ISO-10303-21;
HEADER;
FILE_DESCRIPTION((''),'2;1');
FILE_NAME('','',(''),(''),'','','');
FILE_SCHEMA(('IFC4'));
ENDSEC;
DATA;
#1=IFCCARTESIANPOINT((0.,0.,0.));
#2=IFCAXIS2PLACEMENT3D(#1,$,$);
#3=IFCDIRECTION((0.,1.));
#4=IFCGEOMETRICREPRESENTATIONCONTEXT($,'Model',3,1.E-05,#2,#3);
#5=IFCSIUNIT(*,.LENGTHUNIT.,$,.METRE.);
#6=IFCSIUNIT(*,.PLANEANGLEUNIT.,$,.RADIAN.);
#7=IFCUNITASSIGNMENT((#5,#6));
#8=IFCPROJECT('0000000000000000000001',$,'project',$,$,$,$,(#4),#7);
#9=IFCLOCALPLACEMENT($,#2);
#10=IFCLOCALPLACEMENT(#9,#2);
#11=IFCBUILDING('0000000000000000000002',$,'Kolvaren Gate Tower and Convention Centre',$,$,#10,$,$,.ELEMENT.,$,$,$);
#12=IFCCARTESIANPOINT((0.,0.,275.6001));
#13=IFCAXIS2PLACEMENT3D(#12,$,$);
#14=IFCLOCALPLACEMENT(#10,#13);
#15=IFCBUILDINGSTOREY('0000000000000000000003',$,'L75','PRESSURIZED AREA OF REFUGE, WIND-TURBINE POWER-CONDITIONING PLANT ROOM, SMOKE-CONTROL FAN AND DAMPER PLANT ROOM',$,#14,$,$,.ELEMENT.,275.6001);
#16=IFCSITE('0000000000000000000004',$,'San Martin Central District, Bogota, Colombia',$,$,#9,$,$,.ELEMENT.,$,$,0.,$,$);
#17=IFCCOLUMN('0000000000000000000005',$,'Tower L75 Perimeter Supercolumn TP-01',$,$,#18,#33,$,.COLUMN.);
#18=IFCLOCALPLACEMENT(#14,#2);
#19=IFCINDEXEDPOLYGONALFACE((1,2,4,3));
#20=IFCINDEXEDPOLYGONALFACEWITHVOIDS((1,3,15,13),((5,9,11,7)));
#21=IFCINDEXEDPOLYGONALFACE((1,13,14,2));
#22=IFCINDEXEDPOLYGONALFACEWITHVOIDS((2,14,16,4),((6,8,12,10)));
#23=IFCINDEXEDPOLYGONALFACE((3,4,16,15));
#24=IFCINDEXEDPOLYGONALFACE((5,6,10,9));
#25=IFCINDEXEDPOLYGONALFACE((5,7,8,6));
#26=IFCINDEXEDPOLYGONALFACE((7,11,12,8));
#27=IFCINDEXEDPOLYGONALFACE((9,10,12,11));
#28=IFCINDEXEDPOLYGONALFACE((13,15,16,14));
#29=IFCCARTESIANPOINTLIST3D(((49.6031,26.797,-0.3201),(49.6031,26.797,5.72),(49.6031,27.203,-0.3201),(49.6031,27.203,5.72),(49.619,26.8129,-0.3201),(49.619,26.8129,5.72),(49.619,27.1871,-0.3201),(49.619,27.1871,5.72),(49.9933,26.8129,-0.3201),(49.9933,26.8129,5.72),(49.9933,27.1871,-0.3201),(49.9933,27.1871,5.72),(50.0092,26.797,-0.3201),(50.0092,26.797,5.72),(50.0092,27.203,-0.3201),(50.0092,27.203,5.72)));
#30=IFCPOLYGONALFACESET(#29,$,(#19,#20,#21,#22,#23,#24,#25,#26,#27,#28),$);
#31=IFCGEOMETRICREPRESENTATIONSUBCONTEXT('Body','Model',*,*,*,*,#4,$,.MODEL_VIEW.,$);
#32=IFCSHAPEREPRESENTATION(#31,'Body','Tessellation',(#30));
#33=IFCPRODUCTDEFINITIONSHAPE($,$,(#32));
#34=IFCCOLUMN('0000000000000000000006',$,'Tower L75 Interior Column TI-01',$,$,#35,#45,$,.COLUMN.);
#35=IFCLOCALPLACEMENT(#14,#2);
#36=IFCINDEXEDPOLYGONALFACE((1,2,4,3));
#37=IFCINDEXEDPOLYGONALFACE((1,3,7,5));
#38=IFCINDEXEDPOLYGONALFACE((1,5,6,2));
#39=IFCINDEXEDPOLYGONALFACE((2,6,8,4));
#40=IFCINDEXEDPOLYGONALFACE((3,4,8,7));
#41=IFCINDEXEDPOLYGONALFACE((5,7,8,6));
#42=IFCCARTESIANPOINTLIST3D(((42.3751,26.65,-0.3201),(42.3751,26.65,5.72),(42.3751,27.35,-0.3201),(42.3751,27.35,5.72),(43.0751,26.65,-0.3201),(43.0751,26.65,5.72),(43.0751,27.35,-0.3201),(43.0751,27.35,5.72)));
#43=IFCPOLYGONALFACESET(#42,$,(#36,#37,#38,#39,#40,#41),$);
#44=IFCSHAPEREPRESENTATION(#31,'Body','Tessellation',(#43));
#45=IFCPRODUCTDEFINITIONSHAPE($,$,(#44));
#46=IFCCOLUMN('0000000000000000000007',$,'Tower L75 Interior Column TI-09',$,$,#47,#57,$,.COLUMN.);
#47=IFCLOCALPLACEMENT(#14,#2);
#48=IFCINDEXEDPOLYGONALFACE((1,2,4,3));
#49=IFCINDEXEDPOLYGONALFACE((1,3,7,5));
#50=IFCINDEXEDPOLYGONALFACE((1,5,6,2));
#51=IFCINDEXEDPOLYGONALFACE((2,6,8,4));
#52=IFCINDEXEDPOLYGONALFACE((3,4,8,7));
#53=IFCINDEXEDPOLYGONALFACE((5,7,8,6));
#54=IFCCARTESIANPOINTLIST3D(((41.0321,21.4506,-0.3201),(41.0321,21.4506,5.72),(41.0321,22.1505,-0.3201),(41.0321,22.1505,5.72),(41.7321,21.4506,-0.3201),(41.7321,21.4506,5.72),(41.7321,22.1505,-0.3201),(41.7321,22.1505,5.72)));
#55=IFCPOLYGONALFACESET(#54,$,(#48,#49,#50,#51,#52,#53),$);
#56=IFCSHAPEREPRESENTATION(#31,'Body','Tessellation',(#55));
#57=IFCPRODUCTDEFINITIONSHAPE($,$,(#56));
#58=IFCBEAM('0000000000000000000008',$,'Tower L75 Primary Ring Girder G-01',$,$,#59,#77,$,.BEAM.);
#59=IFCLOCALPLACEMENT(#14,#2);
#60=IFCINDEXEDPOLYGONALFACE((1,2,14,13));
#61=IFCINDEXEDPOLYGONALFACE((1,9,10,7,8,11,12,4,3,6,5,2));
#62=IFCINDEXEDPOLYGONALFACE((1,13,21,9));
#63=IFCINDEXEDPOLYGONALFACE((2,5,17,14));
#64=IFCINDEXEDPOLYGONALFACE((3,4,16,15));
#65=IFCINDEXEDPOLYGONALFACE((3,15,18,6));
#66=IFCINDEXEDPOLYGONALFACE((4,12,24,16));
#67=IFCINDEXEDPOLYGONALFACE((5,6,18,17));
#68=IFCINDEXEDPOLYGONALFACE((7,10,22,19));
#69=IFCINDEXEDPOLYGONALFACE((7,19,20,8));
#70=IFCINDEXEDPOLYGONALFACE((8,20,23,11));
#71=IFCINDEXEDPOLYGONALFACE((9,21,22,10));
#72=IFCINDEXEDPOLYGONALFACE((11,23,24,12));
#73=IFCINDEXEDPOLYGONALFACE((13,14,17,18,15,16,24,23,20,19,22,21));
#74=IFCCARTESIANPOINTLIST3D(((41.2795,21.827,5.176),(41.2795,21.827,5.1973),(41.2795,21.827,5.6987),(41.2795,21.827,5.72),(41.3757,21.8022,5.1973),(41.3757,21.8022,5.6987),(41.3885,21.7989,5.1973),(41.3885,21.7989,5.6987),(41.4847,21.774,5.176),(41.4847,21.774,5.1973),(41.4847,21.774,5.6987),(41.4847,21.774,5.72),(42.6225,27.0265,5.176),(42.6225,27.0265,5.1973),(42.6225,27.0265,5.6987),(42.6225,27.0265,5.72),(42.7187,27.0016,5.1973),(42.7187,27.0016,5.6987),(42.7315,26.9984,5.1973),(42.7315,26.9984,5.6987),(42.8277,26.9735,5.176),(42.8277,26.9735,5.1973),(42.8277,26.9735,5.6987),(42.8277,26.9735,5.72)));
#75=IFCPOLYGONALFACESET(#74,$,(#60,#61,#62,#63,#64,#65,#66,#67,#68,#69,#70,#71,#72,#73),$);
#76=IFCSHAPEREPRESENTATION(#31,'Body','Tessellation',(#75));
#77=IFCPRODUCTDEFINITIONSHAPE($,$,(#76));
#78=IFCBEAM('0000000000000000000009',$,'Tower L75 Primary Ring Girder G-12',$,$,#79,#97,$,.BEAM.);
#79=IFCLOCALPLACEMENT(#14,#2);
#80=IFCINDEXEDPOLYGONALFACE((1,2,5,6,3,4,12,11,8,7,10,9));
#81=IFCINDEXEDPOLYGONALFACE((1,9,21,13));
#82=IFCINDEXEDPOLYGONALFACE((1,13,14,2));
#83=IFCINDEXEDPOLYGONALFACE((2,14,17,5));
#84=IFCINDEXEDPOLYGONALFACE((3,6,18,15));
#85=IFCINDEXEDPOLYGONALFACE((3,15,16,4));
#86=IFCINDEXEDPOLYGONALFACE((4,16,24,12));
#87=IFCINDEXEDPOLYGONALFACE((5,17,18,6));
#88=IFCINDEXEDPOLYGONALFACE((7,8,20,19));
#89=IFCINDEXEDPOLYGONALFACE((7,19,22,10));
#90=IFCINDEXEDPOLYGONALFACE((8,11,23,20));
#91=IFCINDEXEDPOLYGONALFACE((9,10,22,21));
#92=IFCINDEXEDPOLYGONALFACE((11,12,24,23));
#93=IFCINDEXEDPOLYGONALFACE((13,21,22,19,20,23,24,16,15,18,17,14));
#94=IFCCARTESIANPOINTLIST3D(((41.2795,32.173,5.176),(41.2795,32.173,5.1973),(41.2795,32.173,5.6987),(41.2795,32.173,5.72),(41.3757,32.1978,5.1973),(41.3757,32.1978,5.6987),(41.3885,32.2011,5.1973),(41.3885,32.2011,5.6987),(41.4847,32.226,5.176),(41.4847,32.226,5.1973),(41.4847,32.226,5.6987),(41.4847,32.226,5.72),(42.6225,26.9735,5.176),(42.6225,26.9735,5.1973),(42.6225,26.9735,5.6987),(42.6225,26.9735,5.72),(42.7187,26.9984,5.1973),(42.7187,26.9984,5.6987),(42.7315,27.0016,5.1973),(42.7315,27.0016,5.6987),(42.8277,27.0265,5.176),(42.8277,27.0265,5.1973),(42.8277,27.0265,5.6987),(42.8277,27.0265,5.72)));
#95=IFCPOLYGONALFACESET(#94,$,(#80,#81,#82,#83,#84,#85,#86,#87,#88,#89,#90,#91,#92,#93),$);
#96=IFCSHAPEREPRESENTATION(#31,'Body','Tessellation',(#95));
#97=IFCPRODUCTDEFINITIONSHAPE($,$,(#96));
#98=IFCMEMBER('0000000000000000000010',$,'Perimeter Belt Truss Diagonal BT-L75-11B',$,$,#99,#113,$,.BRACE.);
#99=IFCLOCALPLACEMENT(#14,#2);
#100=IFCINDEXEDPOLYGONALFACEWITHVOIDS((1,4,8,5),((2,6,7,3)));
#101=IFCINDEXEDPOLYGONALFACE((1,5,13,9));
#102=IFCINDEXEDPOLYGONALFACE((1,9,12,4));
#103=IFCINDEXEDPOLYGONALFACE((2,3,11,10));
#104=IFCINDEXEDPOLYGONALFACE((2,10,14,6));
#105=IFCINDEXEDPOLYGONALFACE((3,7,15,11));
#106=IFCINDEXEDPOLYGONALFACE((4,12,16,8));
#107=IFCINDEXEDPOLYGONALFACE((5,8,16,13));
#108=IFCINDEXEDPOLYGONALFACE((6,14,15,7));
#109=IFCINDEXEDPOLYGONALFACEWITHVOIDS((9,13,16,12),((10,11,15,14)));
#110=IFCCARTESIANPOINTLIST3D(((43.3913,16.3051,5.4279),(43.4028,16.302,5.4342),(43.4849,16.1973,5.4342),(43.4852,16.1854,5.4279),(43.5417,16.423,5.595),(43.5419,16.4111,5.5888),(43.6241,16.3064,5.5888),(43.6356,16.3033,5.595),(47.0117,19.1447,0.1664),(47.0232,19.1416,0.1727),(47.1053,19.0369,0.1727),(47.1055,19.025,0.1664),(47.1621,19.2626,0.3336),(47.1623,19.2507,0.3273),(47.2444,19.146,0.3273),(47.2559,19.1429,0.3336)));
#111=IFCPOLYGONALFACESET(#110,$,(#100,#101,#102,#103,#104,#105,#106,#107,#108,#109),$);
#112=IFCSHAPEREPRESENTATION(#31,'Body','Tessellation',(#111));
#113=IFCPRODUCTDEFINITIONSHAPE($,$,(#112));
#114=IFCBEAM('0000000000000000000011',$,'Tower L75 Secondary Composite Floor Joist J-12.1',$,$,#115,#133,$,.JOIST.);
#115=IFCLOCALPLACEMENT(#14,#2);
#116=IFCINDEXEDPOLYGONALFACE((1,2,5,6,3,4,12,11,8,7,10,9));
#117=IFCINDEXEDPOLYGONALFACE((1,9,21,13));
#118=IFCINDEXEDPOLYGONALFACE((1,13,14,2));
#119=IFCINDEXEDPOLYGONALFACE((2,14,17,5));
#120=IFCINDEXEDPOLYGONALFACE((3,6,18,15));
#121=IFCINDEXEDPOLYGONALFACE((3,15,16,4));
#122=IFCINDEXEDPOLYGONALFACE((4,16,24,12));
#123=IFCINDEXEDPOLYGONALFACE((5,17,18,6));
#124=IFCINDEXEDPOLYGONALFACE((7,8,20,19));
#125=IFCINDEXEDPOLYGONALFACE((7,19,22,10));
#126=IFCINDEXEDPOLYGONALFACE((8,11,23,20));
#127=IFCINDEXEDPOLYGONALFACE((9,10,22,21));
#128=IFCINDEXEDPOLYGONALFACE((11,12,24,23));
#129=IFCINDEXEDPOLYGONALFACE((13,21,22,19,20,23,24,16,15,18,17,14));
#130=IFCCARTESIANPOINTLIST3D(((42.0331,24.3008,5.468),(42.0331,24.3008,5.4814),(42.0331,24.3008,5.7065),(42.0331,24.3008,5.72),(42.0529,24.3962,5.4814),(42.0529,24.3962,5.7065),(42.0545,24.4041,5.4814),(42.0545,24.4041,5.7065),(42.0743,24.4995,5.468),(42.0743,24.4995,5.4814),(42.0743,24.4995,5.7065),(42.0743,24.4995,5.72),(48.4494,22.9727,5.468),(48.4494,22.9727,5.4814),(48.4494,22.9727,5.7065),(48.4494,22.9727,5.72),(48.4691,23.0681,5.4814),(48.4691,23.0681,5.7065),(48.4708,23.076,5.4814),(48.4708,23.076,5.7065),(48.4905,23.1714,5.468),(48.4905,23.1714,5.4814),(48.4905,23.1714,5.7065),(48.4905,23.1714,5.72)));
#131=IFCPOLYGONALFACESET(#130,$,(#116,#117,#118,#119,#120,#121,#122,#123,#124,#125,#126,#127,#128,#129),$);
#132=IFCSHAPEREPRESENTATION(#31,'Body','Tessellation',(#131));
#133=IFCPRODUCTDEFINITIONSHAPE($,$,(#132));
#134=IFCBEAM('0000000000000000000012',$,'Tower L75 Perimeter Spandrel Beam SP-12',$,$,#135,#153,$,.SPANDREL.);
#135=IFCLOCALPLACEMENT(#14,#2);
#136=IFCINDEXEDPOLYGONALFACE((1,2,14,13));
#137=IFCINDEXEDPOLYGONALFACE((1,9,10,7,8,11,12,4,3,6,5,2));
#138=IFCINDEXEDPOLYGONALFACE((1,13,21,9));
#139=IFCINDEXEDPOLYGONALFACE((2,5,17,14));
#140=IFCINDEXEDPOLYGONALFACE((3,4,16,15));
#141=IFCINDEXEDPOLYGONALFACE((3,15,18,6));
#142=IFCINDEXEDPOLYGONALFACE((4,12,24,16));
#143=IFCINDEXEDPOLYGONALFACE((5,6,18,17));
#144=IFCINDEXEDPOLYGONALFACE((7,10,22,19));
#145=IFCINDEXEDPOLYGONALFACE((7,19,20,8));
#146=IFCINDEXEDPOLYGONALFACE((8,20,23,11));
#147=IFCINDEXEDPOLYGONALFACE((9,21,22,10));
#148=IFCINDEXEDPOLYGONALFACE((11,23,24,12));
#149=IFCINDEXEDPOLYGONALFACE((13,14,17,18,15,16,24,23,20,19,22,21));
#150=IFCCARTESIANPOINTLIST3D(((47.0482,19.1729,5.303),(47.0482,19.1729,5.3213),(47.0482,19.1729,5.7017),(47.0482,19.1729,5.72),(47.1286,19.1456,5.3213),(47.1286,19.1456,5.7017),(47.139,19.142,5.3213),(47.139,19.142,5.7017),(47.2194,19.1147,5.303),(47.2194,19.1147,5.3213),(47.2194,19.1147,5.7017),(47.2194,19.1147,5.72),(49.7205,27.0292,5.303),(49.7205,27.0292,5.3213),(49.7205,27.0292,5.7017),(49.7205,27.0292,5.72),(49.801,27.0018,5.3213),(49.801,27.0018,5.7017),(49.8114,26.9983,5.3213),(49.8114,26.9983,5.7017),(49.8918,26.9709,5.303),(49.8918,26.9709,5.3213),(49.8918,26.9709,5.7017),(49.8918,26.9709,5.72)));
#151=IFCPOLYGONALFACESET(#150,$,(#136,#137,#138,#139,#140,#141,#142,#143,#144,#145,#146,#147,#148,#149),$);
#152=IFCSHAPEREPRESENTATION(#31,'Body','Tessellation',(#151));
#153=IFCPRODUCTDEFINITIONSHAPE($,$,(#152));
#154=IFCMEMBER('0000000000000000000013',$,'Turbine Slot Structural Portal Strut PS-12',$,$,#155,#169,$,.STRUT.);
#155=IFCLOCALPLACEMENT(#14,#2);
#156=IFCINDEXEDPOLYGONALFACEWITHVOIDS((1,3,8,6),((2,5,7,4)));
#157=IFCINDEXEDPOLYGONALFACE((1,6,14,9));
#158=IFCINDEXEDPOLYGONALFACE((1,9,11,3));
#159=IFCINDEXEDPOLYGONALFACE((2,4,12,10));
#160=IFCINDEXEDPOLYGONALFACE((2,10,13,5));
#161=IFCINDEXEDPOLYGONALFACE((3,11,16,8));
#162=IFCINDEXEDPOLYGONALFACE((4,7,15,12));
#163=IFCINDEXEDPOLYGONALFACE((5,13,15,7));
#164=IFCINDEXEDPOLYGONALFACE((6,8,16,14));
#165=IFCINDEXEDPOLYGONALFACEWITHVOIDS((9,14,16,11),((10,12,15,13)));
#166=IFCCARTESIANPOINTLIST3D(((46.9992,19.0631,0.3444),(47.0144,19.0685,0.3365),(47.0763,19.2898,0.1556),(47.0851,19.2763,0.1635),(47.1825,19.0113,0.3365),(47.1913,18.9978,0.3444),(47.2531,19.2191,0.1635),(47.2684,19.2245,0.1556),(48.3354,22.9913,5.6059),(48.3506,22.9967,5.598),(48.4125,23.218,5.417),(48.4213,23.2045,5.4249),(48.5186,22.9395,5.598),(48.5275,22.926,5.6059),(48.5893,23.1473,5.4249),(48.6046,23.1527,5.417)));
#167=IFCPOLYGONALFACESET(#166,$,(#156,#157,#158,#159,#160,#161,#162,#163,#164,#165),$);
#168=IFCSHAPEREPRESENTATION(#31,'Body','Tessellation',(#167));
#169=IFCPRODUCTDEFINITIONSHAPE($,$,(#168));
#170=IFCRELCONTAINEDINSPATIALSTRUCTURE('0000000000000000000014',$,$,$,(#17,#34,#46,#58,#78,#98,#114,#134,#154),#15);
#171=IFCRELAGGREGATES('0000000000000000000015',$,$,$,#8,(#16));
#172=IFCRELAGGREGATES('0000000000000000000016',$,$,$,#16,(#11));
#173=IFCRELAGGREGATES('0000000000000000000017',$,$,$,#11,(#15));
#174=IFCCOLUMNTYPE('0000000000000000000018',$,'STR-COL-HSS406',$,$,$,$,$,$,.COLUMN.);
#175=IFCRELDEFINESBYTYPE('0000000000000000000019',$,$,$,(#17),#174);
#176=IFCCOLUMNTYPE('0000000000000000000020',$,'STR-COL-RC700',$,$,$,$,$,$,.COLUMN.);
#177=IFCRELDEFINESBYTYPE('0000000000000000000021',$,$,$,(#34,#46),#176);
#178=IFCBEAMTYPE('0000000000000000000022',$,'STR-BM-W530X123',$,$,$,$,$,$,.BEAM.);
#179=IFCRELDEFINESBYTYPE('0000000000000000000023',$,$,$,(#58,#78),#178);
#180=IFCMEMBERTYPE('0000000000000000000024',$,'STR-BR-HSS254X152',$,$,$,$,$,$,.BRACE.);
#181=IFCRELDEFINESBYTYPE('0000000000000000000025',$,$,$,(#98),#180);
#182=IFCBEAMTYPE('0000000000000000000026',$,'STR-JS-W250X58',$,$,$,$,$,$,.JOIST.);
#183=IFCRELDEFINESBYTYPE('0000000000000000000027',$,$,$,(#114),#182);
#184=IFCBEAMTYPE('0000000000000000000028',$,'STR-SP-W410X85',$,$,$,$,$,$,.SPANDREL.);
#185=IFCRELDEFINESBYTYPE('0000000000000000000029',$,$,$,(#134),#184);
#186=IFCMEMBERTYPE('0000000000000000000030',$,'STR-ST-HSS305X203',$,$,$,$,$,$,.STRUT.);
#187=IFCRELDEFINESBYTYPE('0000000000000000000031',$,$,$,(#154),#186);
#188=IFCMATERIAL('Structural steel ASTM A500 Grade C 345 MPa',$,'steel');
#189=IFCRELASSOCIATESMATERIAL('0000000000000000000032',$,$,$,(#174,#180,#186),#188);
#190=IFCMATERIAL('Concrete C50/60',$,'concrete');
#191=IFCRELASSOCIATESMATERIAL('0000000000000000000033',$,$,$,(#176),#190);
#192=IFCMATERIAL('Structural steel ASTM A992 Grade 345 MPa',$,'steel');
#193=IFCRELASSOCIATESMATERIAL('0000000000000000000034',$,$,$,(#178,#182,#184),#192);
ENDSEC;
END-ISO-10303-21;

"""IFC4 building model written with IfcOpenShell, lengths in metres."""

from ifc_helpers import new_model, si_unit, direction, frame, origin, origin_2d, place, context, subcontext, project, spatial, rectangle, hollow_rectangle, i_section, extrude, material, material_profile, profile_set, type_object, element, save


model = new_model("IFC4")

# Units and contexts
model_context = context("Model", 3, precision=1e-05, world=origin(), true_north=direction((0.0, 1.0)))
body_context = subcontext(model_context, "Body", "Model", "MODEL_VIEW")
ifc_project = project(units=[si_unit("LENGTHUNIT", "METRE"), si_unit("PLANEANGLEUNIT", "RADIAN")], contexts=[model_context])

# Site, building, storey
site_placement = place(None, origin())
site = spatial("IfcSite", under=ifc_project, at=site_placement, Name="San Martin Central District, Bogota, Colombia", CompositionType="ELEMENT", RefElevation=0.0)
building_placement = place(site_placement, origin())
building = spatial("IfcBuilding", under=site, at=building_placement, Name="Kolvaren Gate Tower and Convention Centre", CompositionType="ELEMENT")
storey_placement = place(building_placement, frame((0.0, 0.0, 275.6001)))
storey = spatial("IfcBuildingStorey", under=building, at=storey_placement, Name="L75", Description="PRESSURIZED AREA OF REFUGE, WIND-TURBINE POWER-CONDITIONING PLANT ROOM, SMOKE-CONTROL FAN AND DAMPER PLANT ROOM", CompositionType="ELEMENT", Elevation=275.6001)

# Columns
ifc_material_1 = material(Name="Structural steel ASTM A500 Grade C 345 MPa", Category="steel")
ifc_material_profile_1 = material_profile(ifc_material_1, hollow_rectangle(XDim=0.406, YDim=0.406, WallThickness=0.0159, at=origin_2d()), Name="HSS406X406X15.9")
ifc_profile_set_1 = profile_set([ifc_material_profile_1], Name="Structural steel ASTM A500 Grade C 345 MPa")
column_type_1 = type_object("IfcColumnType", Name="STR-COL-HSS406", PredefinedType="COLUMN", material=ifc_profile_set_1)
column_placement = place(storey_placement, frame((49.8062, 27.0, -0.3201), z_axis=(0.0, 0.0, 1.0), x_axis=(1.0, 0.0, 0.0)))
element("IfcColumn", 1, at=column_placement, inside=storey, type_object=column_type_1, Name="Tower L75 Perimeter Supercolumn TP-01", PredefinedType="COLUMN", context=body_context, shape_type="SweptSolid", body=[
    extrude(hollow_rectangle(XDim=0.406, YDim=0.406, WallThickness=0.0159, at=origin_2d()), origin(), (0.0, 0.0, 1.0), 6.04),
])
ifc_material_2 = material(Name="Concrete C50/60", Category="concrete")
ifc_material_profile_2 = material_profile(ifc_material_2, rectangle(XDim=0.7, YDim=0.7, at=origin_2d()), Name="RC-COL-700X700")
ifc_profile_set_2 = profile_set([ifc_material_profile_2], Name="Concrete C50/60")
column_type_2 = type_object("IfcColumnType", Name="STR-COL-RC700", PredefinedType="COLUMN", material=ifc_profile_set_2)
for number, where, z_axis, x_axis, name in (
    (2, (42.7251, 27.0, -0.3201), (0.0, 0.0, 1.0), (1.0, 0.0, 0.0), "Tower L75 Interior Column TI-01"),
    (3, (41.3821, 21.8005, -0.3201), (0.0, 0.0, 1.0), (1.0, 0.0, 0.0), "Tower L75 Interior Column TI-09"),
):
    element("IfcColumn", number, at=place(storey_placement, frame(where, z_axis=z_axis, x_axis=x_axis)), inside=storey, type_object=column_type_2, Name=name, PredefinedType="COLUMN", context=body_context, shape_type="SweptSolid", body=[
        extrude(rectangle(XDim=0.7, YDim=0.7, at=origin_2d()), origin(), (0.0, 0.0, 1.0), 6.04),
    ])

# Beams
ifc_material_3 = material(Name="Structural steel ASTM A992 Grade 345 MPa", Category="steel")
ifc_material_profile_3 = material_profile(ifc_material_3, i_section(OverallWidth=0.2119, OverallDepth=0.5439, WebThickness=0.0132, FlangeThickness=0.0212, at=origin_2d()), Name="W530X123")
ifc_profile_set_3 = profile_set([ifc_material_profile_3], Name="Structural steel ASTM A992 Grade 345 MPa")
beam_type_1 = type_object("IfcBeamType", Name="STR-BM-W530X123", PredefinedType="BEAM", material=ifc_profile_set_3)
for number, where, z_axis, x_axis, name in (
    (4, (42.7251, 27.0, 5.448), (-0.250091, -0.968222, 0.0), (0.968222, -0.250091, 0.0), "Tower L75 Primary Ring Girder G-01"),
    (5, (42.7251, 27.0, 5.448), (-0.250091, 0.968222, 0.0), (-0.968222, -0.250091, 0.0), "Tower L75 Primary Ring Girder G-12"),
):
    element("IfcBeam", number, at=place(storey_placement, frame(where, z_axis=z_axis, x_axis=x_axis)), inside=storey, type_object=beam_type_1, Name=name, PredefinedType="BEAM", context=body_context, shape_type="SweptSolid", body=[
        extrude(i_section(OverallWidth=0.2119, OverallDepth=0.5439, WebThickness=0.0132, FlangeThickness=0.0212, at=origin_2d()), origin(), (0.0, 0.0, 1.0), 5.3701),
    ])

# Member
ifc_material_profile_4 = material_profile(ifc_material_1, hollow_rectangle(XDim=0.1521, YDim=0.2539, WallThickness=0.0095, at=origin_2d()), Name="HSS254X152X9.5")
ifc_profile_set_4 = profile_set([ifc_material_profile_4], Name="Structural steel ASTM A500 Grade C 345 MPa")
member_type_1 = type_object("IfcMemberType", Name="STR-BR-HSS254X152", PredefinedType="BRACE", material=ifc_profile_set_4)
member_1_placement = place(storey_placement, frame((47.1338, 19.1438, 0.25), z_axis=(-0.51797, -0.406265, 0.752766), x_axis=(0.617153, -0.786843, 0.0)))
element("IfcMember", 6, at=member_1_placement, inside=storey, type_object=member_type_1, Name="Perimeter Belt Truss Diagonal BT-L75-11B", PredefinedType="BRACE", context=body_context, shape_type="SweptSolid", body=[
    extrude(hollow_rectangle(XDim=0.1521, YDim=0.2539, WallThickness=0.0095, at=origin_2d()), origin(), (0.0, 0.0, 1.0), 6.9895),
])

# Beams
ifc_material_profile_5 = material_profile(ifc_material_3, i_section(OverallWidth=0.2029, OverallDepth=0.252, WebThickness=0.0081, FlangeThickness=0.0134, at=origin_2d()), Name="W250X58")
ifc_profile_set_5 = profile_set([ifc_material_profile_5], Name="Structural steel ASTM A992 Grade 345 MPa")
beam_type_2 = type_object("IfcBeamType", Name="STR-JS-W250X58", PredefinedType="JOIST", material=ifc_profile_set_5)
beam_1_placement = place(storey_placement, frame((42.0537, 24.4001, 5.594), z_axis=(0.979242, -0.202697, 0.0), x_axis=(0.202697, 0.979242, 0.0)))
element("IfcBeam", 7, at=beam_1_placement, inside=storey, type_object=beam_type_2, Name="Tower L75 Secondary Composite Floor Joist J-12.1", PredefinedType="JOIST", context=body_context, shape_type="SweptSolid", body=[
    extrude(i_section(OverallWidth=0.2029, OverallDepth=0.252, WebThickness=0.0081, FlangeThickness=0.0134, at=origin_2d()), origin(), (0.0, 0.0, 1.0), 6.5522),
])
ifc_material_profile_6 = material_profile(ifc_material_3, i_section(OverallWidth=0.1809, OverallDepth=0.417, WebThickness=0.011, FlangeThickness=0.0183, at=origin_2d()), Name="W410X85")
ifc_profile_set_6 = profile_set([ifc_material_profile_6], Name="Structural steel ASTM A992 Grade 345 MPa")
beam_type_3 = type_object("IfcBeamType", Name="STR-SP-W410X85", PredefinedType="SPANDREL", material=ifc_profile_set_6)
beam_2_placement = place(storey_placement, frame((47.1338, 19.1438, 5.5115), z_axis=(0.322038, 0.946727, 0.0), x_axis=(-0.946727, 0.322038, 0.0)))
element("IfcBeam", 8, at=beam_2_placement, inside=storey, type_object=beam_type_3, Name="Tower L75 Perimeter Spandrel Beam SP-12", PredefinedType="SPANDREL", context=body_context, shape_type="SweptSolid", body=[
    extrude(i_section(OverallWidth=0.1809, OverallDepth=0.417, WebThickness=0.011, FlangeThickness=0.0183, at=origin_2d()), origin(), (0.0, 0.0, 1.0), 8.2983),
])

# Member
ifc_material_profile_7 = material_profile(ifc_material_1, hollow_rectangle(XDim=0.2029, YDim=0.3049, WallThickness=0.0127, at=origin_2d()), Name="HSS305X203X12.7")
ifc_profile_set_7 = profile_set([ifc_material_profile_7], Name="Structural steel ASTM A500 Grade C 345 MPa")
member_type_2 = type_object("IfcMemberType", Name="STR-ST-HSS305X203", PredefinedType="STRUT", material=ifc_profile_set_7)
member_2_placement = place(storey_placement, frame((47.1338, 19.1438, 0.25), z_axis=(0.199409, 0.58624, 0.785212), x_axis=(-0.94673, 0.322029, 0.0)))
element("IfcMember", 9, at=member_2_placement, inside=storey, type_object=member_type_2, Name="Turbine Slot Structural Portal Strut PS-12", PredefinedType="STRUT", context=body_context, shape_type="SweptSolid", body=[
    extrude(hollow_rectangle(XDim=0.2029, YDim=0.3049, WallThickness=0.0127, at=origin_2d()), origin(), (0.0, 0.0, 1.0), 6.7007),
])

save(model, "model.ifc")
